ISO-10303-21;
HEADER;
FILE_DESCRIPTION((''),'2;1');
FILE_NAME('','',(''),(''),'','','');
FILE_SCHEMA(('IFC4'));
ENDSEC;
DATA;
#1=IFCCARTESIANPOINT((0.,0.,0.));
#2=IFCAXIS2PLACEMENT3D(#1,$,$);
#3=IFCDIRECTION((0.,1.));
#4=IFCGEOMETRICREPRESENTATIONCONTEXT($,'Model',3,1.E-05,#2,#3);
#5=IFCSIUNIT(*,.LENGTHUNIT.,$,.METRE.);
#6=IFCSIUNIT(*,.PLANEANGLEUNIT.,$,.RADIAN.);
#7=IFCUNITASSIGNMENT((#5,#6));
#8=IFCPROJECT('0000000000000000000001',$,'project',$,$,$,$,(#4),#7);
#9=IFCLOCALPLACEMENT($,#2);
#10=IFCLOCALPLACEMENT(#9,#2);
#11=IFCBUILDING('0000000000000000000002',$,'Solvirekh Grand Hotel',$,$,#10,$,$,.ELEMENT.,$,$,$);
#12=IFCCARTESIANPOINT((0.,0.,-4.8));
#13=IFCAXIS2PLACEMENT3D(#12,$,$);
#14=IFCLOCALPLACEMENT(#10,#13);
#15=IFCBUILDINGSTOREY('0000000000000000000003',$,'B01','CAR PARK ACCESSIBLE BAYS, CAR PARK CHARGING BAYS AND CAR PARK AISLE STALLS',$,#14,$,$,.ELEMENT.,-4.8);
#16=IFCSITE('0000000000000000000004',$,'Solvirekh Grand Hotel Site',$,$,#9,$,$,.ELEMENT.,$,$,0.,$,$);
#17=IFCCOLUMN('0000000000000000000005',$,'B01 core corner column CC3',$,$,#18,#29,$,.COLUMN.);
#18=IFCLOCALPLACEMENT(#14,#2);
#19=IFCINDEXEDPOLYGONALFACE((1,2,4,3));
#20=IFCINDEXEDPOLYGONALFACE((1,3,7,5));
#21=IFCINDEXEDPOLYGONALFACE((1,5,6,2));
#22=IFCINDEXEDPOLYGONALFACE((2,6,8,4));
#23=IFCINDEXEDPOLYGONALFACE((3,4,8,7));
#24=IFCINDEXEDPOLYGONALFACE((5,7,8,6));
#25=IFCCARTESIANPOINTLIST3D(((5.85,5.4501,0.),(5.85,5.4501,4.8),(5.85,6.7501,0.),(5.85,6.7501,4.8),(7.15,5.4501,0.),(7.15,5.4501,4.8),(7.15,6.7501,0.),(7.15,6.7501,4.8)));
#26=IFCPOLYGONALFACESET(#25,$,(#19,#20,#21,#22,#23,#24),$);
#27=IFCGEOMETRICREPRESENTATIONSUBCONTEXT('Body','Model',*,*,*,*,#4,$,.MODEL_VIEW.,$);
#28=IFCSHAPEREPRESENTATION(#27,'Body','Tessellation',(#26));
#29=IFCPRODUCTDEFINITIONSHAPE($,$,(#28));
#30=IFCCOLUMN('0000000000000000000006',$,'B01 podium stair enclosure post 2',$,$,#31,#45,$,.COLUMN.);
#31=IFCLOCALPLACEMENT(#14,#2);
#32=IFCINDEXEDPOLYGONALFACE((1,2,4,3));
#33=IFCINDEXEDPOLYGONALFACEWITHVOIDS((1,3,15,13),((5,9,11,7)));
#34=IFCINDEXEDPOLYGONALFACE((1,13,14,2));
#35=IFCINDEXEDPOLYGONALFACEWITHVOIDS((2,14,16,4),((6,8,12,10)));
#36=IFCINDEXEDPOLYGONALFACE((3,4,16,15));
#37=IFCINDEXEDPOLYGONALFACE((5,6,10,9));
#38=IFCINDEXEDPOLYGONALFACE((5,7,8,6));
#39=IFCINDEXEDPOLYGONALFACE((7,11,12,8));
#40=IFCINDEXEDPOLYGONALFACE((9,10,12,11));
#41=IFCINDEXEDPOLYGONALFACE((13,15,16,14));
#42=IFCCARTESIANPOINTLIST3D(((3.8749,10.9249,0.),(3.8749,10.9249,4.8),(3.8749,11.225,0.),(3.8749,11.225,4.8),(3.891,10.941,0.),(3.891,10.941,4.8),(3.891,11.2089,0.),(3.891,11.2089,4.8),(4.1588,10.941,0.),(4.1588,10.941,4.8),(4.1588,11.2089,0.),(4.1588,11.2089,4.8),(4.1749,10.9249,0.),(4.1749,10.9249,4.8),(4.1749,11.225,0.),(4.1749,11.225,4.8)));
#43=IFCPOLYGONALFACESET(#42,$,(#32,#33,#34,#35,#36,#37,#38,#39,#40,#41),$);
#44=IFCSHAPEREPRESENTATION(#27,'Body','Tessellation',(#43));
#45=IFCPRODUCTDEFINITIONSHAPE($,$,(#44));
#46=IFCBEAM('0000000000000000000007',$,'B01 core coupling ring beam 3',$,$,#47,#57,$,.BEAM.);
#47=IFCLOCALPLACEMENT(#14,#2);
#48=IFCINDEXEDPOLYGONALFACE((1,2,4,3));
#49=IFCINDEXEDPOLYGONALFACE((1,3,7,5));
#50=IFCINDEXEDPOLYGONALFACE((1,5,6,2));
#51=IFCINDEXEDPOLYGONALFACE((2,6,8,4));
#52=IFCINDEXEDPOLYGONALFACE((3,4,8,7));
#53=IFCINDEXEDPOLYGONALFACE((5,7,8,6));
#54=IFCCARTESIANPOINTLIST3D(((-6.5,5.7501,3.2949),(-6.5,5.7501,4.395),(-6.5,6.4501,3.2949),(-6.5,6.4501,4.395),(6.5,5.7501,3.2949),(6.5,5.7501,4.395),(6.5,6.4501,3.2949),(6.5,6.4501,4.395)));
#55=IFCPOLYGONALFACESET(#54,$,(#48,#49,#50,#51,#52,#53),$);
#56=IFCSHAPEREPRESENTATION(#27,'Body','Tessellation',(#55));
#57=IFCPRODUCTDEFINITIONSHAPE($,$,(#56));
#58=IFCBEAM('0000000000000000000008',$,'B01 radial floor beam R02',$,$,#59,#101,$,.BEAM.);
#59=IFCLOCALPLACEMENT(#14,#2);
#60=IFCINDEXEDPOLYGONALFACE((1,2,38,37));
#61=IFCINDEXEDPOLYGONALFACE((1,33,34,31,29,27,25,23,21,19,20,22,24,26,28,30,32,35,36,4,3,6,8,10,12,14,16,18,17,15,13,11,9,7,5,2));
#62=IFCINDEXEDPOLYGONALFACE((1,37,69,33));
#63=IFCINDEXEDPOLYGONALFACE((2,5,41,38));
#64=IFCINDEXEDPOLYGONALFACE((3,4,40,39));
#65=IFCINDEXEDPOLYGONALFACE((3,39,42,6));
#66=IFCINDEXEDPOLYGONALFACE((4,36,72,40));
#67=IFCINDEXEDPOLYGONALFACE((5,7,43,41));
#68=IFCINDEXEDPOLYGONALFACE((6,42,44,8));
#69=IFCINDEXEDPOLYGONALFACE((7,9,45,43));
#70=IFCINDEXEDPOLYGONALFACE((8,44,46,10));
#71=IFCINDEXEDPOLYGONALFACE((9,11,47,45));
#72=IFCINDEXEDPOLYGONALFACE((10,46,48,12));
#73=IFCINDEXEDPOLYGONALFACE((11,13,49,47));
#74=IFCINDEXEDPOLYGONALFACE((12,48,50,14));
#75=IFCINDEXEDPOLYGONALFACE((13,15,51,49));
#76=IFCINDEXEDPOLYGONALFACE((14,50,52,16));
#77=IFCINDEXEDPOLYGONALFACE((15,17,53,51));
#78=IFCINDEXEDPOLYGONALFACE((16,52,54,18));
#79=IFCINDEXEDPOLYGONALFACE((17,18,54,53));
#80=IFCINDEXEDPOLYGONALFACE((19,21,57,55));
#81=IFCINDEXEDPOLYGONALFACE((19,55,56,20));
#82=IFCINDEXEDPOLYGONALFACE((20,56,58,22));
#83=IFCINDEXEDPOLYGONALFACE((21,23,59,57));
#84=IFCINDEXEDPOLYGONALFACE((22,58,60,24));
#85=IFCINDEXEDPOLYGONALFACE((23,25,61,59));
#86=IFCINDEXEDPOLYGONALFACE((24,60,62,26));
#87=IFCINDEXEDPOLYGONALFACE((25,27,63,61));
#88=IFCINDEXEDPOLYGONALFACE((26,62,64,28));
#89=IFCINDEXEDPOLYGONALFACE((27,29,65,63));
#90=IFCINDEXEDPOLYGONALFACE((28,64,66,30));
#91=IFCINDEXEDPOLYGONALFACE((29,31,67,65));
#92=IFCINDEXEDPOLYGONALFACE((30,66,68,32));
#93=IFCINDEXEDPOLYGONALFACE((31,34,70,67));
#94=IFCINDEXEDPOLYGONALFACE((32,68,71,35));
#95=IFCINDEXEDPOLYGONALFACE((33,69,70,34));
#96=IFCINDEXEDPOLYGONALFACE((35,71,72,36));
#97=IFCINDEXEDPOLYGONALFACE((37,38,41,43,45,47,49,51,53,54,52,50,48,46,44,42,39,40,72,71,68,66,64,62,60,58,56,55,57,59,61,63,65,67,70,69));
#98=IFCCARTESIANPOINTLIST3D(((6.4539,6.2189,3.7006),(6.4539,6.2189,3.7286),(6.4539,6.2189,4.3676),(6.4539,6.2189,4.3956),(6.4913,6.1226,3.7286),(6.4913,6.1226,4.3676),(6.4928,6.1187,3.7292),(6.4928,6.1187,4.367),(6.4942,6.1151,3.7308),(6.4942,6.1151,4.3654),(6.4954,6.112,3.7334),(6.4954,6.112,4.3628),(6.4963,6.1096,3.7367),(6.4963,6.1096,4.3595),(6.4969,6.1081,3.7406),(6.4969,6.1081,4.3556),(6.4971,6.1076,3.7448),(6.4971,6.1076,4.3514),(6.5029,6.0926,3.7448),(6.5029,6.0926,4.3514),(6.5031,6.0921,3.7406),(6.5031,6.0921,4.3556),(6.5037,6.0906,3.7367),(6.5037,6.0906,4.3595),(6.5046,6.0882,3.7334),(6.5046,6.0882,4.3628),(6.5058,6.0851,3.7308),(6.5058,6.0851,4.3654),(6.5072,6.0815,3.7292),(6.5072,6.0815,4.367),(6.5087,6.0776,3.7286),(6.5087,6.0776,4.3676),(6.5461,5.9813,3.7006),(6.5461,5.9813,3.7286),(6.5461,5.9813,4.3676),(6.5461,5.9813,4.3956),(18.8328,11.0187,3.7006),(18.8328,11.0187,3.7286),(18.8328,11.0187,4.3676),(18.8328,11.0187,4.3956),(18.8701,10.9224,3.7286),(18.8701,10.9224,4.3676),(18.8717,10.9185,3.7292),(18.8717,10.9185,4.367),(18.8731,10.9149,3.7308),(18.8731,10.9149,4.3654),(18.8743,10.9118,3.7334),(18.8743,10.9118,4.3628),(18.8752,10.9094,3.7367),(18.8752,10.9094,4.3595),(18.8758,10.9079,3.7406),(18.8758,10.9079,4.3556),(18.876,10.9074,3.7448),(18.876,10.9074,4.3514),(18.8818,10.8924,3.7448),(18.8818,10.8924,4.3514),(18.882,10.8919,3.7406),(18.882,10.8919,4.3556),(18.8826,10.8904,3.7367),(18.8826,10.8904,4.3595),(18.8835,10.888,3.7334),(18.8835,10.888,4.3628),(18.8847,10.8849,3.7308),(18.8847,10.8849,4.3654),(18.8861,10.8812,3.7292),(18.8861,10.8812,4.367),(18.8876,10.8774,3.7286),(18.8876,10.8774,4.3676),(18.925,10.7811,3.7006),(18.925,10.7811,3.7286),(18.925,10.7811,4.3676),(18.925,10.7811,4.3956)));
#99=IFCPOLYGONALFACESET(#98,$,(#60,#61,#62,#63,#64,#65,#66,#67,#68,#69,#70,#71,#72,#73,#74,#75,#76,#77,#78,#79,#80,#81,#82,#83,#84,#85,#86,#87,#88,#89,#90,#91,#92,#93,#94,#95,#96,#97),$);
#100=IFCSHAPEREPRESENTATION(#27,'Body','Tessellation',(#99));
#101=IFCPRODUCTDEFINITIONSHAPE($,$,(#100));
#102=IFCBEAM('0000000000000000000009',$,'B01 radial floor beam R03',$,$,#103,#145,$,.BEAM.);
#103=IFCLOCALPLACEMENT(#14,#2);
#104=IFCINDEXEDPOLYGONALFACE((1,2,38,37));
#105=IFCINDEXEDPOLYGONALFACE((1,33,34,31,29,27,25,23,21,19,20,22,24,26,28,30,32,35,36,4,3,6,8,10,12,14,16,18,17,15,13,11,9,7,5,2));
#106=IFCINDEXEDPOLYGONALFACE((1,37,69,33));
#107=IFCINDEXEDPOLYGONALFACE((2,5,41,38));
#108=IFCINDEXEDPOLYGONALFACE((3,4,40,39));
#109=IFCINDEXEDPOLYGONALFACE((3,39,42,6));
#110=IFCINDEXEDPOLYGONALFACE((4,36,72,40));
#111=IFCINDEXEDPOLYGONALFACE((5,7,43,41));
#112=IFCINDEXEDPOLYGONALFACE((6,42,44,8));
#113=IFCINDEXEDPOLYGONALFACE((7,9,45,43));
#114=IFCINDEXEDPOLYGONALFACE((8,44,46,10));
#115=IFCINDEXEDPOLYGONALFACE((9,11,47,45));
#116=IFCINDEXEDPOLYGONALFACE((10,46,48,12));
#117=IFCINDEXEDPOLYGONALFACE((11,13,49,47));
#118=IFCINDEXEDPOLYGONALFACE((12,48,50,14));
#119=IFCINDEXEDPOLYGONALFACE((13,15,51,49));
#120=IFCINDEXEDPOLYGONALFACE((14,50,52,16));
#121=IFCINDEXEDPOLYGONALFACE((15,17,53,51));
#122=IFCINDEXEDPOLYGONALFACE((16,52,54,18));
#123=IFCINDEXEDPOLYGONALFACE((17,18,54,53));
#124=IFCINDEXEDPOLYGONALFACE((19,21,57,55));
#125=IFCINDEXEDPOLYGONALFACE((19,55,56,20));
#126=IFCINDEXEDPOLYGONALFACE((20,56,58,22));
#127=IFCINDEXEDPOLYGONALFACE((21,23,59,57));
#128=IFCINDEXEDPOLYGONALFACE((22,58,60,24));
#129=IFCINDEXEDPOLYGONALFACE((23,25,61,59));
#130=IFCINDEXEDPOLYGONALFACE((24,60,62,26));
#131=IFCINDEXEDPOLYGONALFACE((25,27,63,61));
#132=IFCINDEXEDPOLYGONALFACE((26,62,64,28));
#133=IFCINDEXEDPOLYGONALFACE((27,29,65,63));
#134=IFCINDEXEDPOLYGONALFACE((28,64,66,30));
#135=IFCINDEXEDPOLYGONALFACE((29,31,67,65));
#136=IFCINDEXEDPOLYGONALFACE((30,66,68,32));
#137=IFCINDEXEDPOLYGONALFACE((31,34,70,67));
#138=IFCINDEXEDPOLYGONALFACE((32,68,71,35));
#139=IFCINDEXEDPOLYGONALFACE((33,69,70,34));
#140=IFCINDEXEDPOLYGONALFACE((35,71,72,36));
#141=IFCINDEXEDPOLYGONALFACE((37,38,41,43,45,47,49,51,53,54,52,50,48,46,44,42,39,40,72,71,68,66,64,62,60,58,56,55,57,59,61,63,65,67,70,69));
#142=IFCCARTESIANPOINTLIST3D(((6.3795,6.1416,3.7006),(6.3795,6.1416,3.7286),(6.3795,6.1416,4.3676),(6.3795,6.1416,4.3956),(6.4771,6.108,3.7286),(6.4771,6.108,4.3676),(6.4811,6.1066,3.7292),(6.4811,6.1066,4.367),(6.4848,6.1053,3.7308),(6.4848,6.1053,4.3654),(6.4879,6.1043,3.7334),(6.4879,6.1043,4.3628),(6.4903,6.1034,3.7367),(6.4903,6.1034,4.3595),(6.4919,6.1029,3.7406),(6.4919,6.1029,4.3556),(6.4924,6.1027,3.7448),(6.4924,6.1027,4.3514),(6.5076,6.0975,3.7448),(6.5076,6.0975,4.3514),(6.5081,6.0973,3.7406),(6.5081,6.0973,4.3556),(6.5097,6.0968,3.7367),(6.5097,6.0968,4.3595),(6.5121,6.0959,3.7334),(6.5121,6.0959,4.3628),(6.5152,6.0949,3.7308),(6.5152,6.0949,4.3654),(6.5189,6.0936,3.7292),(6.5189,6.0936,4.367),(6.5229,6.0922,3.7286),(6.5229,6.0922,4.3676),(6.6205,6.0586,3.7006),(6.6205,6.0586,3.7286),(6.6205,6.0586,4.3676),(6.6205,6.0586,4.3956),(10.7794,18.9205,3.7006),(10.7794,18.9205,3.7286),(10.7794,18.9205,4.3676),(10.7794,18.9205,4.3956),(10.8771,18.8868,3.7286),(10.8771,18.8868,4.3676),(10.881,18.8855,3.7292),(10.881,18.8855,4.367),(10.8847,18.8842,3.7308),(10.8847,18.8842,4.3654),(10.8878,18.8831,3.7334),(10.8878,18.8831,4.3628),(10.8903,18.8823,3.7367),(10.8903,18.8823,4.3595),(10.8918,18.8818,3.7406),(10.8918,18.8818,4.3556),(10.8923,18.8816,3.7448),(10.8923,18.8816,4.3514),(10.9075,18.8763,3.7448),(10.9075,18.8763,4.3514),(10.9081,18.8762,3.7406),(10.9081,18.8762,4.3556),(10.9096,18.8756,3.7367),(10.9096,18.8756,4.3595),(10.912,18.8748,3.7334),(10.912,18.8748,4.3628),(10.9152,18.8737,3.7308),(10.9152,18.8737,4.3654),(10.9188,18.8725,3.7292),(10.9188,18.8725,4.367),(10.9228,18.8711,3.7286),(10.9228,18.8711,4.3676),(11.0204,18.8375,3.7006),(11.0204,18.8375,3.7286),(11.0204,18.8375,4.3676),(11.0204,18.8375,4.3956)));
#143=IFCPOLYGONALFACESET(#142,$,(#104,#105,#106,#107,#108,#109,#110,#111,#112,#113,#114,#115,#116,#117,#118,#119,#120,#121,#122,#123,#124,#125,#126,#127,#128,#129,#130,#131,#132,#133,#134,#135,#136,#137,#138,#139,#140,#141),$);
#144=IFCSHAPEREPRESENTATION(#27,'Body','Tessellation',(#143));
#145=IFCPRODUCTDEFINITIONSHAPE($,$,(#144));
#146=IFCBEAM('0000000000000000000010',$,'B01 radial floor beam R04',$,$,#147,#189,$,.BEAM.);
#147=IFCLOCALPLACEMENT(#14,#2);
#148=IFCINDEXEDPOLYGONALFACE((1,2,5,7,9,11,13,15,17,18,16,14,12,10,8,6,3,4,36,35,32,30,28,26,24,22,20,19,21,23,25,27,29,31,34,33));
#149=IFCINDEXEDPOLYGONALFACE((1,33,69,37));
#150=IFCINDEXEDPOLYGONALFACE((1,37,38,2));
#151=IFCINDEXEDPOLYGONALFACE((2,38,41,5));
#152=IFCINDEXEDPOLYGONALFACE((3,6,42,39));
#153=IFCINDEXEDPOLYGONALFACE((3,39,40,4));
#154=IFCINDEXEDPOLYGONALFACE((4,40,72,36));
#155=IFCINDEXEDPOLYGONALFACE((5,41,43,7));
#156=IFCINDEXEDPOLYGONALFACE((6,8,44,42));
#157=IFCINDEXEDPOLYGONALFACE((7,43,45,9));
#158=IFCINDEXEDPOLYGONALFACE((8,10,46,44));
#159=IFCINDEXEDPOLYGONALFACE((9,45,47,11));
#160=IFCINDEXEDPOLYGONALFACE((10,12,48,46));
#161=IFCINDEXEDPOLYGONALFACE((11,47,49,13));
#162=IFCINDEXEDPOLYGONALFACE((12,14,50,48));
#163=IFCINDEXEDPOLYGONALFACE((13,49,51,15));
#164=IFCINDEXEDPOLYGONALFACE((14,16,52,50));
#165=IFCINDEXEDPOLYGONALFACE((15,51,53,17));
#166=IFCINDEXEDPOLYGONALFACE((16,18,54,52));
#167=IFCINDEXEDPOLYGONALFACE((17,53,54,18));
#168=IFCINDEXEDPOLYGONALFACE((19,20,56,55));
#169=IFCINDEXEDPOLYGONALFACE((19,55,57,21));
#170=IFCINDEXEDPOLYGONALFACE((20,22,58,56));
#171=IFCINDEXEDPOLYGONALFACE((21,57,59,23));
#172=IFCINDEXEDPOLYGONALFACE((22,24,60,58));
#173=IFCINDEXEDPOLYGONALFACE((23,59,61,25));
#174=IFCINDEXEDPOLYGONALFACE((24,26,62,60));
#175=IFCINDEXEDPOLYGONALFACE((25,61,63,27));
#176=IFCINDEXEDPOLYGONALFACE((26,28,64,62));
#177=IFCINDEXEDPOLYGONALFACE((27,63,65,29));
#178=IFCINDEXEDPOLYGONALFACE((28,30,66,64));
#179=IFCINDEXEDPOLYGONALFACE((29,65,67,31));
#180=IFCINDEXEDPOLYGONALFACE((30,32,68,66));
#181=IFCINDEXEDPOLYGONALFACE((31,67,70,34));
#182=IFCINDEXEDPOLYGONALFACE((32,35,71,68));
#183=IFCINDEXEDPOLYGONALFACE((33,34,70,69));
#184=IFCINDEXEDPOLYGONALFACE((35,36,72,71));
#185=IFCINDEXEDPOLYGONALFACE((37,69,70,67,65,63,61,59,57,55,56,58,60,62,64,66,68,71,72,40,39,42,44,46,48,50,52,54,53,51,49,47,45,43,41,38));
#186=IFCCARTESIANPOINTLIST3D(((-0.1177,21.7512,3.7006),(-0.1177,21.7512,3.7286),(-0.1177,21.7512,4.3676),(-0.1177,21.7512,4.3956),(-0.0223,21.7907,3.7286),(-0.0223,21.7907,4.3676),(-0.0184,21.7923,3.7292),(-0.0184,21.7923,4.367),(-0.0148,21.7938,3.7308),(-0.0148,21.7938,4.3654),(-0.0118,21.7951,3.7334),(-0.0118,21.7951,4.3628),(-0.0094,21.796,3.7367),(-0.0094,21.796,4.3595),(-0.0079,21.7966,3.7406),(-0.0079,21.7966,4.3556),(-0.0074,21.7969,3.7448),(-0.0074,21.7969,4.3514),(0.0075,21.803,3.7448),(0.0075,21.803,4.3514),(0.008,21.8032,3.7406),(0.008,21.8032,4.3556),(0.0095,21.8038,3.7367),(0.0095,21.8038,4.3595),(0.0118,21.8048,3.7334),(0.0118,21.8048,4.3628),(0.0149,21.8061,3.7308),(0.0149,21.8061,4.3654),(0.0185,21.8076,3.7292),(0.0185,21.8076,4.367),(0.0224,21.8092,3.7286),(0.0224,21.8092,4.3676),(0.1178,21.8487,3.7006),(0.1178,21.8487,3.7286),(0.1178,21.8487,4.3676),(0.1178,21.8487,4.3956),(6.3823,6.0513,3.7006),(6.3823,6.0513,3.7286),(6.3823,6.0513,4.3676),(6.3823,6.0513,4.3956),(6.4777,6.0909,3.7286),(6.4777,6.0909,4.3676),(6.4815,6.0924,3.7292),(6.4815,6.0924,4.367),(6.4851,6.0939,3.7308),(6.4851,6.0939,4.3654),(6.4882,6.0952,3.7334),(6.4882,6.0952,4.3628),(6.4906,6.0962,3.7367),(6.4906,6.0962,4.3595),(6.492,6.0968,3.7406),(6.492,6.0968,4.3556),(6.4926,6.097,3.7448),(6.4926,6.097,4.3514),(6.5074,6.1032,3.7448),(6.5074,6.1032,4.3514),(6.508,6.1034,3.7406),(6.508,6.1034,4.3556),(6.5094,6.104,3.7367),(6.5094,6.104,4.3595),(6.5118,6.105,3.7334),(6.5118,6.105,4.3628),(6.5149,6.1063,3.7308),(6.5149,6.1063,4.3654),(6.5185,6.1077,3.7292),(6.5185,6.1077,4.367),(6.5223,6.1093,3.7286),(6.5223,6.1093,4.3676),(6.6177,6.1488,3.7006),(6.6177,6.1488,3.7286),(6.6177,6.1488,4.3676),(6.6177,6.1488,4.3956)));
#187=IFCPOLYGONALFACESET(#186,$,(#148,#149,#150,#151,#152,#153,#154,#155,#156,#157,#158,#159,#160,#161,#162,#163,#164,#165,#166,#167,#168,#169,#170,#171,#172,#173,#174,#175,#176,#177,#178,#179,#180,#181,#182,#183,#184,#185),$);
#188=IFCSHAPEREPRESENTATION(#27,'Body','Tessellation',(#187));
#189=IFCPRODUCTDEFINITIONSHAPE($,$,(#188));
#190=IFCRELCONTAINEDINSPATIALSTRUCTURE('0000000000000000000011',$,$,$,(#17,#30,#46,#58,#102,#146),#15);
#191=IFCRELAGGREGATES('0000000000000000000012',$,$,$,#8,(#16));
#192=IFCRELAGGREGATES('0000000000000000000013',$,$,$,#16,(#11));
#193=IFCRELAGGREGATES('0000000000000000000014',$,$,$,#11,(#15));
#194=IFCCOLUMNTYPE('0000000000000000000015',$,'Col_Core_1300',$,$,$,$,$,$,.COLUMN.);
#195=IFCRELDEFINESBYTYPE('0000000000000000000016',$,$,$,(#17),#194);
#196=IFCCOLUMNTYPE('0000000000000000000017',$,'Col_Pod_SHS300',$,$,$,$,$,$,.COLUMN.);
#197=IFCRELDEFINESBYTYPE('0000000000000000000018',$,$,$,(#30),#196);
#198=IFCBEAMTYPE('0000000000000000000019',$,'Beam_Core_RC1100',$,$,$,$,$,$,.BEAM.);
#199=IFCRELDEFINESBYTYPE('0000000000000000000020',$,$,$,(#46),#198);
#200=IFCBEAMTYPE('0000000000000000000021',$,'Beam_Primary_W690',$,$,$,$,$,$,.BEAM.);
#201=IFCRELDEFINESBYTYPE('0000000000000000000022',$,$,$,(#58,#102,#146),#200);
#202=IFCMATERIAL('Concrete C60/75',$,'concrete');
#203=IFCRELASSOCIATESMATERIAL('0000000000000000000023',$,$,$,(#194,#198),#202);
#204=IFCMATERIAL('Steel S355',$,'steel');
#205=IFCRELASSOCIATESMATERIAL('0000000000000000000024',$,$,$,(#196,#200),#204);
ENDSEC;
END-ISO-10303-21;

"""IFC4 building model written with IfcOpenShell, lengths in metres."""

from ifc_helpers import new_model, si_unit, direction, frame, origin, origin_2d, place, context, subcontext, project, spatial, rectangle, hollow_rectangle, i_section, extrude, material, material_profile, profile_set, type_object, element, save


model = new_model("IFC4")

# Units and contexts
model_context = context("Model", 3, precision=1e-05, world=origin(), true_north=direction((0.0, 1.0)))
body_context = subcontext(model_context, "Body", "Model", "MODEL_VIEW")
ifc_project = project(units=[si_unit("LENGTHUNIT", "METRE"), si_unit("PLANEANGLEUNIT", "RADIAN")], contexts=[model_context])

# Site, building, storey
site_placement = place(None, origin())
site = spatial("IfcSite", under=ifc_project, at=site_placement, Name="Solvirekh Grand Hotel Site", CompositionType="ELEMENT", RefElevation=0.0)
building_placement = place(site_placement, origin())
building = spatial("IfcBuilding", under=site, at=building_placement, Name="Solvirekh Grand Hotel", CompositionType="ELEMENT")
storey_placement = place(building_placement, frame((0.0, 0.0, -4.8)))
storey = spatial("IfcBuildingStorey", under=building, at=storey_placement, Name="B01", Description="CAR PARK ACCESSIBLE BAYS, CAR PARK CHARGING BAYS AND CAR PARK AISLE STALLS", CompositionType="ELEMENT", Elevation=-4.8)

# Columns
ifc_material_1 = material(Name="Concrete C60/75", Category="concrete")
ifc_material_profile_1 = material_profile(ifc_material_1, rectangle(XDim=1.3, YDim=1.3, at=origin_2d()), Name="RC 1300X1300")
ifc_profile_set_1 = profile_set([ifc_material_profile_1], Name="Concrete C60/75")
column_type_1 = type_object("IfcColumnType", Name="Col_Core_1300", PredefinedType="COLUMN", material=ifc_profile_set_1)
column_1_placement = place(storey_placement, frame((6.5, 6.1001, 0.0), z_axis=(0.0, 0.0, 1.0), x_axis=(1.0, 0.0, 0.0)))
element("IfcColumn", 1, at=column_1_placement, inside=storey, type_object=column_type_1, Name="B01 core corner column CC3", PredefinedType="COLUMN", context=body_context, shape_type="SweptSolid", body=[
    extrude(rectangle(XDim=1.3, YDim=1.3, at=origin_2d()), origin(), (0.0, 0.0, 1.0), 4.8),
])
ifc_material_2 = material(Name="Steel S355", Category="steel")
ifc_material_profile_2 = material_profile(ifc_material_2, hollow_rectangle(XDim=0.3, YDim=0.3, WallThickness=0.0161, at=origin_2d()), Name="SHS 300X300X16")
ifc_profile_set_2 = profile_set([ifc_material_profile_2], Name="Steel S355")
column_type_2 = type_object("IfcColumnType", Name="Col_Pod_SHS300", PredefinedType="COLUMN", material=ifc_profile_set_2)
column_2_placement = place(storey_placement, frame((4.0249, 11.075, 0.0), z_axis=(0.0, 0.0, 1.0), x_axis=(1.0, 0.0, 0.0)))
element("IfcColumn", 2, at=column_2_placement, inside=storey, type_object=column_type_2, Name="B01 podium stair enclosure post 2", PredefinedType="COLUMN", context=body_context, shape_type="SweptSolid", body=[
    extrude(hollow_rectangle(XDim=0.3, YDim=0.3, WallThickness=0.0161, at=origin_2d()), origin(), (0.0, 0.0, 1.0), 4.8),
])

# Beams
ifc_material_profile_3 = material_profile(ifc_material_1, rectangle(XDim=0.7, YDim=1.1001, at=origin_2d()), Name="RC BEAM 700X1100")
ifc_profile_set_3 = profile_set([ifc_material_profile_3], Name="Concrete C60/75")
beam_type_1 = type_object("IfcBeamType", Name="Beam_Core_RC1100", PredefinedType="BEAM", material=ifc_profile_set_3)
beam_1_placement = place(storey_placement, frame((6.5, 6.1001, 3.845), z_axis=(-1.0, 0.0, 0.0), x_axis=(0.0, -1.0, 0.0)))
element("IfcBeam", 3, at=beam_1_placement, inside=storey, type_object=beam_type_1, Name="B01 core coupling ring beam 3", PredefinedType="BEAM", context=body_context, shape_type="SweptSolid", body=[
    extrude(rectangle(XDim=0.7, YDim=1.1001, at=origin_2d()), origin(), (0.0, 0.0, 1.0), 13.0),
])
ifc_material_profile_4 = material_profile(ifc_material_2, i_section(OverallWidth=0.2549, OverallDepth=0.6951, WebThickness=0.0161, FlangeThickness=0.0281, FilletRadius=0.0161, at=origin_2d()), Name="W690X217")
ifc_profile_set_4 = profile_set([ifc_material_profile_4], Name="Steel S355")
beam_type_2 = type_object("IfcBeamType", Name="Beam_Primary_W690", PredefinedType="BEAM", material=ifc_profile_set_4)
beam_2_placement = place(storey_placement, frame((6.5, 6.1001, 4.0481), z_axis=(0.932366, 0.361516, 0.0), x_axis=(-0.361516, 0.932366, 0.0)))
element("IfcBeam", 4, at=beam_2_placement, inside=storey, type_object=beam_type_2, Name="B01 radial floor beam R02", PredefinedType="BEAM", context=body_context, shape_type="SweptSolid", body=[
    extrude(i_section(OverallWidth=0.2549, OverallDepth=0.6951, WebThickness=0.0161, FlangeThickness=0.0281, FilletRadius=0.0161, at=origin_2d()), origin(), (0.0, 0.0, 1.0), 13.2769),
])
beam_3_placement = place(storey_placement, frame((6.5, 6.1001, 4.0481), z_axis=(0.325555, 0.945523, 0.0), x_axis=(-0.945523, 0.325555, 0.0)))
element("IfcBeam", 5, at=beam_3_placement, inside=storey, type_object=beam_type_2, Name="B01 radial floor beam R03", PredefinedType="BEAM", context=body_context, shape_type="SweptSolid", body=[
    extrude(i_section(OverallWidth=0.2549, OverallDepth=0.6951, WebThickness=0.0161, FlangeThickness=0.0281, FilletRadius=0.0161, at=origin_2d()), origin(), (0.0, 0.0, 1.0), 13.5151),
])
beam_4_placement = place(storey_placement, frame((6.5, 6.1001, 4.0481), z_axis=(-0.382526, 0.923945, 0.0), x_axis=(-0.923945, -0.382526, 0.0)))
element("IfcBeam", 6, at=beam_4_placement, inside=storey, type_object=beam_type_2, Name="B01 radial floor beam R04", PredefinedType="BEAM", context=body_context, shape_type="SweptSolid", body=[
    extrude(i_section(OverallWidth=0.2549, OverallDepth=0.6951, WebThickness=0.0161, FlangeThickness=0.0281, FilletRadius=0.0161, at=origin_2d()), origin(), (0.0, 0.0, 1.0), 16.9922),
])

save(model, "model.ifc")
